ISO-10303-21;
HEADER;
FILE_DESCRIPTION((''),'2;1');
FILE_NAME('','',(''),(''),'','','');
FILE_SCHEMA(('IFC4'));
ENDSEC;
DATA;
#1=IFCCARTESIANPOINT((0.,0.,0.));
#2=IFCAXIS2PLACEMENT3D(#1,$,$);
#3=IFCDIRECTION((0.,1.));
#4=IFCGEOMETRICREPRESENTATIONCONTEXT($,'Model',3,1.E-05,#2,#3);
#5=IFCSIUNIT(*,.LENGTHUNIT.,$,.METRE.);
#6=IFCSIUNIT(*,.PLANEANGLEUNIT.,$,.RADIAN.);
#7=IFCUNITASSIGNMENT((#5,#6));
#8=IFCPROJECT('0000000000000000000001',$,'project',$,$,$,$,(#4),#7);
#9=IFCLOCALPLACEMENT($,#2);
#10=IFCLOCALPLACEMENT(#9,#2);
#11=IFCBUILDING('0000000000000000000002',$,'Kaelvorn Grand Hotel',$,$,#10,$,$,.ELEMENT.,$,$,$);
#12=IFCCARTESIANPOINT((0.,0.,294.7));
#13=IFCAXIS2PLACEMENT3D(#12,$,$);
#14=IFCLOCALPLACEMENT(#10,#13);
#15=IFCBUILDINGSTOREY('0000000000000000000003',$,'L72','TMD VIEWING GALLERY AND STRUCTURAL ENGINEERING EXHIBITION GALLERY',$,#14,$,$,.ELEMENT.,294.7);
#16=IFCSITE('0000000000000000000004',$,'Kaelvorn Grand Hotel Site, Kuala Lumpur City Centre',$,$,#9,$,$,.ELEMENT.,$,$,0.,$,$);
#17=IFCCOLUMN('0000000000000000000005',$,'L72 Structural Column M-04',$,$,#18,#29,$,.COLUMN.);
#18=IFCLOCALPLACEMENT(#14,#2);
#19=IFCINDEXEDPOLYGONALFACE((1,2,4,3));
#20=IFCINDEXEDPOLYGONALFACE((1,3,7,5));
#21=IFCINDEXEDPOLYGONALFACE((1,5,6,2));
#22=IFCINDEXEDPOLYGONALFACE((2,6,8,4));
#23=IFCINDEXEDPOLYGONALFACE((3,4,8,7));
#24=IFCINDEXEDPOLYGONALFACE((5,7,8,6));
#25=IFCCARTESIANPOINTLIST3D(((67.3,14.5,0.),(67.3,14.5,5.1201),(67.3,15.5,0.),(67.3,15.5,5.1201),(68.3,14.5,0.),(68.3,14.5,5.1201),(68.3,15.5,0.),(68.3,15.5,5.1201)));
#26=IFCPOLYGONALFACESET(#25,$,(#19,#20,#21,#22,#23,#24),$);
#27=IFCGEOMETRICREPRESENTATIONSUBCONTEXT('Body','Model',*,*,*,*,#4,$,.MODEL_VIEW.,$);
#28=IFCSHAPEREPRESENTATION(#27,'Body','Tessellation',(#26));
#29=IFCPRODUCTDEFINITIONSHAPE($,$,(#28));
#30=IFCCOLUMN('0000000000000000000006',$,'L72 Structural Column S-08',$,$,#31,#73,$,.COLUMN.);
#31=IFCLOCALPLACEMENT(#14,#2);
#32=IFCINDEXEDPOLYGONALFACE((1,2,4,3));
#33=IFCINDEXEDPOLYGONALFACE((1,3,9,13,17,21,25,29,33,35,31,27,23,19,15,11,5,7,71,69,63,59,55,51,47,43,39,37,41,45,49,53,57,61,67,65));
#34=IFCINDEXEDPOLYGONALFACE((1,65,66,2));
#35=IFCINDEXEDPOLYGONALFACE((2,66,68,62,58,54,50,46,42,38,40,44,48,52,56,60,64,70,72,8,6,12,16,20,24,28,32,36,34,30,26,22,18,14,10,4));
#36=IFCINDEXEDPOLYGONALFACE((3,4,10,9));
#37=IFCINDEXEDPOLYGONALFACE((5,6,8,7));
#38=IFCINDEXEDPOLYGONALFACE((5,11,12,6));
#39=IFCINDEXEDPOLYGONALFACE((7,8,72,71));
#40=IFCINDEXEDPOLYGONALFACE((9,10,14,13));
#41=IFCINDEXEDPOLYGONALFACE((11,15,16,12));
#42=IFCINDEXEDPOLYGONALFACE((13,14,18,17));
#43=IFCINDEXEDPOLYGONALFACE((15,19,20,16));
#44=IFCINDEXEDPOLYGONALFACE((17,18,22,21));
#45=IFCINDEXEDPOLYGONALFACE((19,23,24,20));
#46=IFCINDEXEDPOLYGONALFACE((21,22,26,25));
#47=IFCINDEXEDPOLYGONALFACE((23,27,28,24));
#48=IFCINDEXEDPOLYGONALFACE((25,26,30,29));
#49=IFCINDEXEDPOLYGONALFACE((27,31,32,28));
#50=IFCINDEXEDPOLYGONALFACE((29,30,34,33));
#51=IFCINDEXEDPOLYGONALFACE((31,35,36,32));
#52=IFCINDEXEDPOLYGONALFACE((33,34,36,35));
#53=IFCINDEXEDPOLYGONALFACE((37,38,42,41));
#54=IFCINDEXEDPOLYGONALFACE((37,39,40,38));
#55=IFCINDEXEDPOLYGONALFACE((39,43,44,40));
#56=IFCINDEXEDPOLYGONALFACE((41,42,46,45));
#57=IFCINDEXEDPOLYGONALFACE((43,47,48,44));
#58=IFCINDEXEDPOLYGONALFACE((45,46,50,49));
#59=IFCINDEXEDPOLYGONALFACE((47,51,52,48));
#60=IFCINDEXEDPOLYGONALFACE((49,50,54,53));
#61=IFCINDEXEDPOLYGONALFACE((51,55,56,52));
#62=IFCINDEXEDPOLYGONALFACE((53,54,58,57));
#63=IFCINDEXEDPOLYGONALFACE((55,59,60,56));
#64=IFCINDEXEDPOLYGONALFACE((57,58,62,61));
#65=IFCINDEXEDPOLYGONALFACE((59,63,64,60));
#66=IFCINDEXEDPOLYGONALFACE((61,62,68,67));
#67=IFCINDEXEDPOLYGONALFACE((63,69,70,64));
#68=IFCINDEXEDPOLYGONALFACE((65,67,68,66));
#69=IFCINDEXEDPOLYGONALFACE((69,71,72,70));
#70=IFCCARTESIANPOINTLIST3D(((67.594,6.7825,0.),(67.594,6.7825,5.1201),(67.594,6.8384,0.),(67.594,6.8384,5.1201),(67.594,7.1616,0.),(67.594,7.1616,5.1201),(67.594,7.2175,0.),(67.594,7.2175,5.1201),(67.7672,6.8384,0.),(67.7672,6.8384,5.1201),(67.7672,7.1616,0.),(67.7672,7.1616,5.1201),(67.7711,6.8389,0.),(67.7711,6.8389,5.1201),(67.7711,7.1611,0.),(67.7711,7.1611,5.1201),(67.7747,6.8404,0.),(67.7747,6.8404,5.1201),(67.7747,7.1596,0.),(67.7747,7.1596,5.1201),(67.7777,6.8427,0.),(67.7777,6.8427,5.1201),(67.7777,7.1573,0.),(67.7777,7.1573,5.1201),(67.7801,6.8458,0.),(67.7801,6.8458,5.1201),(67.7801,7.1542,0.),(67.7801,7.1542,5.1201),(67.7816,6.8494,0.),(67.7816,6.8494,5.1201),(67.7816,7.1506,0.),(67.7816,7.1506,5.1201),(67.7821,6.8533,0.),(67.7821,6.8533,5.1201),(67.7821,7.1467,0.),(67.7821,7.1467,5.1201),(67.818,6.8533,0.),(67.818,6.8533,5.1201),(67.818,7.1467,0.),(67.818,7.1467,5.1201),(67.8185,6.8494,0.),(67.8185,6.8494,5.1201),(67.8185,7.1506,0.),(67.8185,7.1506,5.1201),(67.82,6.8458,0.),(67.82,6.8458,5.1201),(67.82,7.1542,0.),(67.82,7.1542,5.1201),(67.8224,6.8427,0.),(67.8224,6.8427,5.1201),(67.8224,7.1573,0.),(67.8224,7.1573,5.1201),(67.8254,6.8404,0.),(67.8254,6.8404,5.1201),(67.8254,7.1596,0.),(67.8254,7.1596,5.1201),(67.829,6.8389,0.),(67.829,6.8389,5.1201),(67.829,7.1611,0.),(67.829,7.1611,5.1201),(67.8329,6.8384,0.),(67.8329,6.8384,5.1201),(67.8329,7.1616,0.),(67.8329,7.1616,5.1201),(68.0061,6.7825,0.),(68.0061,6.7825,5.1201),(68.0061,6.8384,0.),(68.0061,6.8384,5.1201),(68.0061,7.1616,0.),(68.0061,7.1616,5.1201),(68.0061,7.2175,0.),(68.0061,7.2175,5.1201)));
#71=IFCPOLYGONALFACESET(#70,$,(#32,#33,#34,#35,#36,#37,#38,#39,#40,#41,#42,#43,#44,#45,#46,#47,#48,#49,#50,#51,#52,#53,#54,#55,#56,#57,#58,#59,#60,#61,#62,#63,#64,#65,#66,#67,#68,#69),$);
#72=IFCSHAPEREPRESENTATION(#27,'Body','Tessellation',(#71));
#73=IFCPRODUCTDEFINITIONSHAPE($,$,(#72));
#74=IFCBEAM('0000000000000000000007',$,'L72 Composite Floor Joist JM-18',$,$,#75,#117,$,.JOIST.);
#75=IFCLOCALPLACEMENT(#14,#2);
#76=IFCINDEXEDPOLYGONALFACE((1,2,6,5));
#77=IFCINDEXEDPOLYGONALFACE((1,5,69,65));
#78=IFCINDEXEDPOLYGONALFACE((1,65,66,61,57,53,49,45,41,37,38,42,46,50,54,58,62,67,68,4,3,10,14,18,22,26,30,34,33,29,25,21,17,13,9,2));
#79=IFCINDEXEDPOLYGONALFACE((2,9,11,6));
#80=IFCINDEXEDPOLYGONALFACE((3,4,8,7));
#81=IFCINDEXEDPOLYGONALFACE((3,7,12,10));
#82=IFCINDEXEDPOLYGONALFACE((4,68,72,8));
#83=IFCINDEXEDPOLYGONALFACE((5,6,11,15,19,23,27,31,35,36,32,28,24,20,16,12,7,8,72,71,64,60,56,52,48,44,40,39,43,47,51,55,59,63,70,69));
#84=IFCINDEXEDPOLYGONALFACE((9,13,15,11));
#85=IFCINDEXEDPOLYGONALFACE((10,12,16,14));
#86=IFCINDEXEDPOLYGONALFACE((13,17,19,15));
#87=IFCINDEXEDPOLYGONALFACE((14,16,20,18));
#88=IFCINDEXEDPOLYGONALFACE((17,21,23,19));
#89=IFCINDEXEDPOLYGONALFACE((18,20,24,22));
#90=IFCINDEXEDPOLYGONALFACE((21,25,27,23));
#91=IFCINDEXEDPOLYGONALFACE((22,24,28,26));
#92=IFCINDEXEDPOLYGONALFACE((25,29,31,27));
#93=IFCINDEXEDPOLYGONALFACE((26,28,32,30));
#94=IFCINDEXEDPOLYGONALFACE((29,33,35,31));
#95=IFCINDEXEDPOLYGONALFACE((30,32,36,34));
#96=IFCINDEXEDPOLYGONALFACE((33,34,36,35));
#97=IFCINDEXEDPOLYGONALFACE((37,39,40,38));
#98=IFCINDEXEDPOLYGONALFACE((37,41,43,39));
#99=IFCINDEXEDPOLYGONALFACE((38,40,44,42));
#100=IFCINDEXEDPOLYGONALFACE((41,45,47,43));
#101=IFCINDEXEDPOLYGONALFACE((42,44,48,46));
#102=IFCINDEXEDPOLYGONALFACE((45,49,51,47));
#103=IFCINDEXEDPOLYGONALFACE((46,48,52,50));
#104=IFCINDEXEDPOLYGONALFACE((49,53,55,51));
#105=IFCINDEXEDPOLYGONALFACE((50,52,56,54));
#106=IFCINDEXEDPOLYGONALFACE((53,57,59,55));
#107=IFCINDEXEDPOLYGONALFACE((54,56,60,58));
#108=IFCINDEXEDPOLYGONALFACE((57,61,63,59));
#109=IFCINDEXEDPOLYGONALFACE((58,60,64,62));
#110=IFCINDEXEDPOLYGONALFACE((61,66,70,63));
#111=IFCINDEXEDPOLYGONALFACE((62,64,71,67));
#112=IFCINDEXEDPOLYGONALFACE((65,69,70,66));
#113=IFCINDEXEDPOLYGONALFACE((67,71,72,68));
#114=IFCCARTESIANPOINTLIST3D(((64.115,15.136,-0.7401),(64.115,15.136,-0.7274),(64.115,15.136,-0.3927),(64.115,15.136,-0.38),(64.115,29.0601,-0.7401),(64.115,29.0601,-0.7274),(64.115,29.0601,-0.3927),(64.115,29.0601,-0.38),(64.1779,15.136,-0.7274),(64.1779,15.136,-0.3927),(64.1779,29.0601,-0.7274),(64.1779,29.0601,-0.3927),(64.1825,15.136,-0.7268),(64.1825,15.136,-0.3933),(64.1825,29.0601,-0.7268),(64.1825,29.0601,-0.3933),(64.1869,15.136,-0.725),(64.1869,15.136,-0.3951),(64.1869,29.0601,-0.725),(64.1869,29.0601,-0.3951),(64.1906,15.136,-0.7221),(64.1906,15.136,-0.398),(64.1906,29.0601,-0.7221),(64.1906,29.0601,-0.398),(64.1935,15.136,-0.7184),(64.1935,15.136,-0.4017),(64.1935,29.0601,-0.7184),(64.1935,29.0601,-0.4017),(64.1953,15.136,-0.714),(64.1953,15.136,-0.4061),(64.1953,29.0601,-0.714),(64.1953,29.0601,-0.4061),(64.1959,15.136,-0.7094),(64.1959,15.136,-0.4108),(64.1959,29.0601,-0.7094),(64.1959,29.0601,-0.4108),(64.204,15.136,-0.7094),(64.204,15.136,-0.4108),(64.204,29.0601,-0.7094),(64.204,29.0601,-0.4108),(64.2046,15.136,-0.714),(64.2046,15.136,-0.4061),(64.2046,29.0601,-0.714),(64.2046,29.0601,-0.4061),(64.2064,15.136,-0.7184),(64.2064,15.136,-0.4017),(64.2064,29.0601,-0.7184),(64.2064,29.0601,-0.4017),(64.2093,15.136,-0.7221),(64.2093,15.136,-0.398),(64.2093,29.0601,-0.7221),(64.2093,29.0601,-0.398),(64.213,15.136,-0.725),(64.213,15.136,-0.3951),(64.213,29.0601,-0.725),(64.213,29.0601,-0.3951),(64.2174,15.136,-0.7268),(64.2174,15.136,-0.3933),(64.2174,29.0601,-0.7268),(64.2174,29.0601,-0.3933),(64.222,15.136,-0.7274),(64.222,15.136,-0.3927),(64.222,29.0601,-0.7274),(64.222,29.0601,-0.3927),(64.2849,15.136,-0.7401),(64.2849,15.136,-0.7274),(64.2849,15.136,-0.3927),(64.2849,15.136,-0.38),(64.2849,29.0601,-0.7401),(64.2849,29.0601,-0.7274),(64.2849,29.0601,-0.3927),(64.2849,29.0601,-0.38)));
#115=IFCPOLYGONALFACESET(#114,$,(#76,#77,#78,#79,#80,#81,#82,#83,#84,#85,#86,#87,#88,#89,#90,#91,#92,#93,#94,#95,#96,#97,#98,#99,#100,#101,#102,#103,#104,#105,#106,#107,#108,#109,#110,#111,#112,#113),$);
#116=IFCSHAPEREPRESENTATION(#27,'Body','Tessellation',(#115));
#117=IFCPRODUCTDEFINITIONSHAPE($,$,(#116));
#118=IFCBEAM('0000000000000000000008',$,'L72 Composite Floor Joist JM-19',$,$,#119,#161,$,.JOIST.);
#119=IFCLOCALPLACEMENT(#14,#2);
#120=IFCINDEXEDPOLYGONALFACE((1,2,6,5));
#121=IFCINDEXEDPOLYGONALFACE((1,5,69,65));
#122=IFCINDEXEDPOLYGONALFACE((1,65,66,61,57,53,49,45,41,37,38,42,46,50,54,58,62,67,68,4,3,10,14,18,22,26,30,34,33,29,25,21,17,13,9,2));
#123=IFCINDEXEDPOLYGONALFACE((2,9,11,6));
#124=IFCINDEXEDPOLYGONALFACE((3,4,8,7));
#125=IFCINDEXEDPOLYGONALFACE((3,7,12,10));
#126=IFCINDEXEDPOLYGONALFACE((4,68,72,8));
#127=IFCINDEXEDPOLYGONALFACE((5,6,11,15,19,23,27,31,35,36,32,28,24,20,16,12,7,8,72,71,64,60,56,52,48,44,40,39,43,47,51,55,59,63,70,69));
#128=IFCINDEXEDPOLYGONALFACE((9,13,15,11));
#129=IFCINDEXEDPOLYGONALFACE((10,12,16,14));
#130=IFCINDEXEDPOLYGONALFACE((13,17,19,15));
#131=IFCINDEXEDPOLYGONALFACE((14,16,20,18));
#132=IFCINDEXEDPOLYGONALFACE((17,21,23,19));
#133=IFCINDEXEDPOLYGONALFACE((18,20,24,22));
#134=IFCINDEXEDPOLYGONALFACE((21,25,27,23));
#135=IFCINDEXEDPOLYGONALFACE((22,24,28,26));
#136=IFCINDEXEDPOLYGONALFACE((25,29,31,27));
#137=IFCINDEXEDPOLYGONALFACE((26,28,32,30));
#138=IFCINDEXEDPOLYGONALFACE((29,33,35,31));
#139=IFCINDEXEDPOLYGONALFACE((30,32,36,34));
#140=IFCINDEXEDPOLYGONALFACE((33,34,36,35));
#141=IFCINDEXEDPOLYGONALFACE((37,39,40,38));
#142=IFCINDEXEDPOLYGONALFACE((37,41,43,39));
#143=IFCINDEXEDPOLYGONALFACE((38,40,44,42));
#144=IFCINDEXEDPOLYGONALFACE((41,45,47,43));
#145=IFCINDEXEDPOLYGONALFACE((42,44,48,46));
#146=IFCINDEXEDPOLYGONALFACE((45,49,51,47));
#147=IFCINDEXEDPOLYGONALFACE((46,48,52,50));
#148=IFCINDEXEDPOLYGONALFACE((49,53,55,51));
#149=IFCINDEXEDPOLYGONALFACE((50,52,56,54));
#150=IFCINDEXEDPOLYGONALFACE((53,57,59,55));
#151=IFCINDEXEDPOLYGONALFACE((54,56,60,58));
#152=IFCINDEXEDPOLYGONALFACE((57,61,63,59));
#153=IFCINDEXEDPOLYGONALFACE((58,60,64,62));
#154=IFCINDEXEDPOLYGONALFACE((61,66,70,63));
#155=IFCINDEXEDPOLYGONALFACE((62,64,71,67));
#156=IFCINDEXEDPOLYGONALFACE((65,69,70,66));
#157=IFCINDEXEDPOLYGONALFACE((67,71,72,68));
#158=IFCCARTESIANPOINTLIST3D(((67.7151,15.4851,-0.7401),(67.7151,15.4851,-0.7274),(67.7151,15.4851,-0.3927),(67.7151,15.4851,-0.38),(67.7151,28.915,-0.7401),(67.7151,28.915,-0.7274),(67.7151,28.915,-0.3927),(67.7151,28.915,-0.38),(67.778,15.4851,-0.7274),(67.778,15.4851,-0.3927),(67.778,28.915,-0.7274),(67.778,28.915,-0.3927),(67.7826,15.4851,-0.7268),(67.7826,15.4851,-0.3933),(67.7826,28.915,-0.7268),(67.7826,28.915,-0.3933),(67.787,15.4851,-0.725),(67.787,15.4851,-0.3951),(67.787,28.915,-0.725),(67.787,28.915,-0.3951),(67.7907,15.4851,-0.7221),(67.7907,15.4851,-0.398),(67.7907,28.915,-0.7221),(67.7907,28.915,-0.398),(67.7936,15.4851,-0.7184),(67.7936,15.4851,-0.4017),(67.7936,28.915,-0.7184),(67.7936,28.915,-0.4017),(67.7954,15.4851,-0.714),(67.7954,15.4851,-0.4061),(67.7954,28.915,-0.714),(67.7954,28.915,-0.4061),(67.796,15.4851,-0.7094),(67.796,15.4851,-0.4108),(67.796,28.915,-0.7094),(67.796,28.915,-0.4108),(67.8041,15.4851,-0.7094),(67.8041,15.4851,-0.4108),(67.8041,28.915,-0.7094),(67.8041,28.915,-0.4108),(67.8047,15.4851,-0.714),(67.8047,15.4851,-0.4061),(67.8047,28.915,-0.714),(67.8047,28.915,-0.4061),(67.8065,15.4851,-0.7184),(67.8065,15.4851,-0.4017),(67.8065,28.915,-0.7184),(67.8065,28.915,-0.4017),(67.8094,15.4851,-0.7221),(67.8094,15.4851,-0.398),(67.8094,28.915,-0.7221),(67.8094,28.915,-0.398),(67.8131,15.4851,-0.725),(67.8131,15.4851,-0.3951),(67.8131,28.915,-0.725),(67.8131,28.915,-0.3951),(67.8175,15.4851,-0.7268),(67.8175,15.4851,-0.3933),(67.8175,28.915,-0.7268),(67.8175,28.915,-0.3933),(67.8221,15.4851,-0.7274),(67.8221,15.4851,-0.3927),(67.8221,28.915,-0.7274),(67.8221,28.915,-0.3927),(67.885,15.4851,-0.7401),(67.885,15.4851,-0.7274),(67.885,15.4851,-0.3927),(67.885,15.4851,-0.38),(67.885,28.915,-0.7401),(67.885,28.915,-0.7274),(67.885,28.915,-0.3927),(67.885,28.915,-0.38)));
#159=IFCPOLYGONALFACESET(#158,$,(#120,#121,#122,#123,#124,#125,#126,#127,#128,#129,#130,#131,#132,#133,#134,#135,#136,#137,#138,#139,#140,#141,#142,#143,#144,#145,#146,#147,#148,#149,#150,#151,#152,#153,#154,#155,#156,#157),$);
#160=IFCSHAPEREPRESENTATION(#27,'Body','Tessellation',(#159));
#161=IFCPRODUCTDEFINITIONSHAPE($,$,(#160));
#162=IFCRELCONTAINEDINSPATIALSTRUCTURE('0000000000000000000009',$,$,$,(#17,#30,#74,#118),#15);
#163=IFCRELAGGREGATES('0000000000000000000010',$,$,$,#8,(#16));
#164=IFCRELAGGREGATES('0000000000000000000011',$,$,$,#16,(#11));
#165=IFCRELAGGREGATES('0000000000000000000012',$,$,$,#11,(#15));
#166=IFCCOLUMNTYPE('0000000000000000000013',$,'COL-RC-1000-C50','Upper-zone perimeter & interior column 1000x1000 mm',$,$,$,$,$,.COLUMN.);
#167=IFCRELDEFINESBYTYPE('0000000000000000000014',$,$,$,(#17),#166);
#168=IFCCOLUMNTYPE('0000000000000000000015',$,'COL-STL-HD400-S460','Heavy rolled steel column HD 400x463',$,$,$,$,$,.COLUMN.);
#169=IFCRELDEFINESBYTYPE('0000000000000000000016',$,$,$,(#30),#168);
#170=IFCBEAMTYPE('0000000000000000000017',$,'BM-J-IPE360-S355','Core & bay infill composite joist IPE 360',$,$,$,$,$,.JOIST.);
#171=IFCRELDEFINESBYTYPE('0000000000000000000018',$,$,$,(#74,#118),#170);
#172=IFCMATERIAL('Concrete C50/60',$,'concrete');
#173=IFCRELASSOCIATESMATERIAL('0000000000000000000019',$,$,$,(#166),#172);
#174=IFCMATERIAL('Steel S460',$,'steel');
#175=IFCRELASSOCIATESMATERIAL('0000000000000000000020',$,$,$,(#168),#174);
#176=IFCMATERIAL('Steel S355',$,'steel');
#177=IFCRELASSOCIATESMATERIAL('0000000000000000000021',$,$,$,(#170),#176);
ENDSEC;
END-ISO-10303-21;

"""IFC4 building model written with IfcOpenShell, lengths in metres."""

from ifc_helpers import new_model, si_unit, direction, frame, origin, origin_2d, place, context, subcontext, project, spatial, rectangle, i_section, extrude, material, material_profile, profile_set, type_object, element, save


model = new_model("IFC4")

# Units and contexts
model_context = context("Model", 3, precision=1e-05, world=origin(), true_north=direction((0.0, 1.0)))
body_context = subcontext(model_context, "Body", "Model", "MODEL_VIEW")
ifc_project = project(units=[si_unit("LENGTHUNIT", "METRE"), si_unit("PLANEANGLEUNIT", "RADIAN")], contexts=[model_context])

# Site, building, storey
site_placement = place(None, origin())
site = spatial("IfcSite", under=ifc_project, at=site_placement, Name="Kaelvorn Grand Hotel Site, Kuala Lumpur City Centre", CompositionType="ELEMENT", RefElevation=0.0)
building_placement = place(site_placement, origin())
building = spatial("IfcBuilding", under=site, at=building_placement, Name="Kaelvorn Grand Hotel", CompositionType="ELEMENT")
storey_placement = place(building_placement, frame((0.0, 0.0, 294.7)))
storey = spatial("IfcBuildingStorey", under=building, at=storey_placement, Name="L72", Description="TMD VIEWING GALLERY AND STRUCTURAL ENGINEERING EXHIBITION GALLERY", CompositionType="ELEMENT", Elevation=294.7)

# Columns
ifc_material_1 = material(Name="Concrete C50/60", Category="concrete")
ifc_material_profile_1 = material_profile(ifc_material_1, rectangle(XDim=1.0, YDim=1.0, at=origin_2d()), Name="RC COL 1000x1000")
ifc_profile_set_1 = profile_set([ifc_material_profile_1], Name="Concrete C50/60")
column_type_1 = type_object("IfcColumnType", Name="COL-RC-1000-C50", Description="Upper-zone perimeter & interior column 1000x1000 mm", PredefinedType="COLUMN", material=ifc_profile_set_1)
column_1_placement = place(storey_placement, frame((67.8, 15.0, 0.0), z_axis=(0.0, 0.0, 1.0), x_axis=(1.0, 0.0, 0.0)))
element("IfcColumn", 1, at=column_1_placement, inside=storey, type_object=column_type_1, Name="L72 Structural Column M-04", PredefinedType="COLUMN", context=body_context, shape_type="SweptSolid", body=[
    extrude(rectangle(XDim=1.0, YDim=1.0, at=origin_2d()), origin(), (0.0, 0.0, 1.0), 5.1201),
])
ifc_material_2 = material(Name="Steel S460", Category="steel")
ifc_material_profile_2 = material_profile(ifc_material_2, i_section(OverallWidth=0.4121, OverallDepth=0.4351, WebThickness=0.0359, FlangeThickness=0.0559, FilletRadius=0.0149, at=origin_2d()), Name="HD 400x463")
ifc_profile_set_2 = profile_set([ifc_material_profile_2], Name="Steel S460")
column_type_2 = type_object("IfcColumnType", Name="COL-STL-HD400-S460", Description="Heavy rolled steel column HD 400x463", PredefinedType="COLUMN", material=ifc_profile_set_2)
column_2_placement = place(storey_placement, frame((67.8, 7.0, 0.0), z_axis=(0.0, 0.0, 1.0), x_axis=(1.0, 0.0, 0.0)))
element("IfcColumn", 2, at=column_2_placement, inside=storey, type_object=column_type_2, Name="L72 Structural Column S-08", PredefinedType="COLUMN", context=body_context, shape_type="SweptSolid", body=[
    extrude(i_section(OverallWidth=0.4121, OverallDepth=0.4351, WebThickness=0.0359, FlangeThickness=0.0559, FilletRadius=0.0149, at=origin_2d()), origin(), (0.0, 0.0, 1.0), 5.1201),
])

# Beams
ifc_material_3 = material(Name="Steel S355", Category="steel")
ifc_material_profile_3 = material_profile(ifc_material_3, i_section(OverallWidth=0.1699, OverallDepth=0.3601, WebThickness=0.0081, FlangeThickness=0.0127, FilletRadius=0.0181, at=origin_2d()), Name="IPE 360")
ifc_profile_set_3 = profile_set([ifc_material_profile_3], Name="Steel S355")
beam_type_1 = type_object("IfcBeamType", Name="BM-J-IPE360-S355", Description="Core & bay infill composite joist IPE 360", PredefinedType="JOIST", material=ifc_profile_set_3)
beam_1_placement = place(storey_placement, frame((64.2, 15.136, -0.5601), z_axis=(0.0, 1.0, 0.0), x_axis=(-1.0, 0.0, 0.0)))
element("IfcBeam", 3, at=beam_1_placement, inside=storey, type_object=beam_type_1, Name="L72 Composite Floor Joist JM-18", PredefinedType="JOIST", context=body_context, shape_type="SweptSolid", body=[
    extrude(i_section(OverallWidth=0.1699, OverallDepth=0.3601, WebThickness=0.0081, FlangeThickness=0.0127, FilletRadius=0.0181, at=origin_2d()), origin(), (0.0, 0.0, 1.0), 13.9241),
])
beam_2_placement = place(storey_placement, frame((67.8, 15.4851, -0.5601), z_axis=(0.0, 1.0, 0.0), x_axis=(-1.0, 0.0, 0.0)))
element("IfcBeam", 4, at=beam_2_placement, inside=storey, type_object=beam_type_1, Name="L72 Composite Floor Joist JM-19", PredefinedType="JOIST", context=body_context, shape_type="SweptSolid", body=[
    extrude(i_section(OverallWidth=0.1699, OverallDepth=0.3601, WebThickness=0.0081, FlangeThickness=0.0127, FilletRadius=0.0181, at=origin_2d()), origin(), (0.0, 0.0, 1.0), 13.4299),
])

save(model, "model.ifc")
